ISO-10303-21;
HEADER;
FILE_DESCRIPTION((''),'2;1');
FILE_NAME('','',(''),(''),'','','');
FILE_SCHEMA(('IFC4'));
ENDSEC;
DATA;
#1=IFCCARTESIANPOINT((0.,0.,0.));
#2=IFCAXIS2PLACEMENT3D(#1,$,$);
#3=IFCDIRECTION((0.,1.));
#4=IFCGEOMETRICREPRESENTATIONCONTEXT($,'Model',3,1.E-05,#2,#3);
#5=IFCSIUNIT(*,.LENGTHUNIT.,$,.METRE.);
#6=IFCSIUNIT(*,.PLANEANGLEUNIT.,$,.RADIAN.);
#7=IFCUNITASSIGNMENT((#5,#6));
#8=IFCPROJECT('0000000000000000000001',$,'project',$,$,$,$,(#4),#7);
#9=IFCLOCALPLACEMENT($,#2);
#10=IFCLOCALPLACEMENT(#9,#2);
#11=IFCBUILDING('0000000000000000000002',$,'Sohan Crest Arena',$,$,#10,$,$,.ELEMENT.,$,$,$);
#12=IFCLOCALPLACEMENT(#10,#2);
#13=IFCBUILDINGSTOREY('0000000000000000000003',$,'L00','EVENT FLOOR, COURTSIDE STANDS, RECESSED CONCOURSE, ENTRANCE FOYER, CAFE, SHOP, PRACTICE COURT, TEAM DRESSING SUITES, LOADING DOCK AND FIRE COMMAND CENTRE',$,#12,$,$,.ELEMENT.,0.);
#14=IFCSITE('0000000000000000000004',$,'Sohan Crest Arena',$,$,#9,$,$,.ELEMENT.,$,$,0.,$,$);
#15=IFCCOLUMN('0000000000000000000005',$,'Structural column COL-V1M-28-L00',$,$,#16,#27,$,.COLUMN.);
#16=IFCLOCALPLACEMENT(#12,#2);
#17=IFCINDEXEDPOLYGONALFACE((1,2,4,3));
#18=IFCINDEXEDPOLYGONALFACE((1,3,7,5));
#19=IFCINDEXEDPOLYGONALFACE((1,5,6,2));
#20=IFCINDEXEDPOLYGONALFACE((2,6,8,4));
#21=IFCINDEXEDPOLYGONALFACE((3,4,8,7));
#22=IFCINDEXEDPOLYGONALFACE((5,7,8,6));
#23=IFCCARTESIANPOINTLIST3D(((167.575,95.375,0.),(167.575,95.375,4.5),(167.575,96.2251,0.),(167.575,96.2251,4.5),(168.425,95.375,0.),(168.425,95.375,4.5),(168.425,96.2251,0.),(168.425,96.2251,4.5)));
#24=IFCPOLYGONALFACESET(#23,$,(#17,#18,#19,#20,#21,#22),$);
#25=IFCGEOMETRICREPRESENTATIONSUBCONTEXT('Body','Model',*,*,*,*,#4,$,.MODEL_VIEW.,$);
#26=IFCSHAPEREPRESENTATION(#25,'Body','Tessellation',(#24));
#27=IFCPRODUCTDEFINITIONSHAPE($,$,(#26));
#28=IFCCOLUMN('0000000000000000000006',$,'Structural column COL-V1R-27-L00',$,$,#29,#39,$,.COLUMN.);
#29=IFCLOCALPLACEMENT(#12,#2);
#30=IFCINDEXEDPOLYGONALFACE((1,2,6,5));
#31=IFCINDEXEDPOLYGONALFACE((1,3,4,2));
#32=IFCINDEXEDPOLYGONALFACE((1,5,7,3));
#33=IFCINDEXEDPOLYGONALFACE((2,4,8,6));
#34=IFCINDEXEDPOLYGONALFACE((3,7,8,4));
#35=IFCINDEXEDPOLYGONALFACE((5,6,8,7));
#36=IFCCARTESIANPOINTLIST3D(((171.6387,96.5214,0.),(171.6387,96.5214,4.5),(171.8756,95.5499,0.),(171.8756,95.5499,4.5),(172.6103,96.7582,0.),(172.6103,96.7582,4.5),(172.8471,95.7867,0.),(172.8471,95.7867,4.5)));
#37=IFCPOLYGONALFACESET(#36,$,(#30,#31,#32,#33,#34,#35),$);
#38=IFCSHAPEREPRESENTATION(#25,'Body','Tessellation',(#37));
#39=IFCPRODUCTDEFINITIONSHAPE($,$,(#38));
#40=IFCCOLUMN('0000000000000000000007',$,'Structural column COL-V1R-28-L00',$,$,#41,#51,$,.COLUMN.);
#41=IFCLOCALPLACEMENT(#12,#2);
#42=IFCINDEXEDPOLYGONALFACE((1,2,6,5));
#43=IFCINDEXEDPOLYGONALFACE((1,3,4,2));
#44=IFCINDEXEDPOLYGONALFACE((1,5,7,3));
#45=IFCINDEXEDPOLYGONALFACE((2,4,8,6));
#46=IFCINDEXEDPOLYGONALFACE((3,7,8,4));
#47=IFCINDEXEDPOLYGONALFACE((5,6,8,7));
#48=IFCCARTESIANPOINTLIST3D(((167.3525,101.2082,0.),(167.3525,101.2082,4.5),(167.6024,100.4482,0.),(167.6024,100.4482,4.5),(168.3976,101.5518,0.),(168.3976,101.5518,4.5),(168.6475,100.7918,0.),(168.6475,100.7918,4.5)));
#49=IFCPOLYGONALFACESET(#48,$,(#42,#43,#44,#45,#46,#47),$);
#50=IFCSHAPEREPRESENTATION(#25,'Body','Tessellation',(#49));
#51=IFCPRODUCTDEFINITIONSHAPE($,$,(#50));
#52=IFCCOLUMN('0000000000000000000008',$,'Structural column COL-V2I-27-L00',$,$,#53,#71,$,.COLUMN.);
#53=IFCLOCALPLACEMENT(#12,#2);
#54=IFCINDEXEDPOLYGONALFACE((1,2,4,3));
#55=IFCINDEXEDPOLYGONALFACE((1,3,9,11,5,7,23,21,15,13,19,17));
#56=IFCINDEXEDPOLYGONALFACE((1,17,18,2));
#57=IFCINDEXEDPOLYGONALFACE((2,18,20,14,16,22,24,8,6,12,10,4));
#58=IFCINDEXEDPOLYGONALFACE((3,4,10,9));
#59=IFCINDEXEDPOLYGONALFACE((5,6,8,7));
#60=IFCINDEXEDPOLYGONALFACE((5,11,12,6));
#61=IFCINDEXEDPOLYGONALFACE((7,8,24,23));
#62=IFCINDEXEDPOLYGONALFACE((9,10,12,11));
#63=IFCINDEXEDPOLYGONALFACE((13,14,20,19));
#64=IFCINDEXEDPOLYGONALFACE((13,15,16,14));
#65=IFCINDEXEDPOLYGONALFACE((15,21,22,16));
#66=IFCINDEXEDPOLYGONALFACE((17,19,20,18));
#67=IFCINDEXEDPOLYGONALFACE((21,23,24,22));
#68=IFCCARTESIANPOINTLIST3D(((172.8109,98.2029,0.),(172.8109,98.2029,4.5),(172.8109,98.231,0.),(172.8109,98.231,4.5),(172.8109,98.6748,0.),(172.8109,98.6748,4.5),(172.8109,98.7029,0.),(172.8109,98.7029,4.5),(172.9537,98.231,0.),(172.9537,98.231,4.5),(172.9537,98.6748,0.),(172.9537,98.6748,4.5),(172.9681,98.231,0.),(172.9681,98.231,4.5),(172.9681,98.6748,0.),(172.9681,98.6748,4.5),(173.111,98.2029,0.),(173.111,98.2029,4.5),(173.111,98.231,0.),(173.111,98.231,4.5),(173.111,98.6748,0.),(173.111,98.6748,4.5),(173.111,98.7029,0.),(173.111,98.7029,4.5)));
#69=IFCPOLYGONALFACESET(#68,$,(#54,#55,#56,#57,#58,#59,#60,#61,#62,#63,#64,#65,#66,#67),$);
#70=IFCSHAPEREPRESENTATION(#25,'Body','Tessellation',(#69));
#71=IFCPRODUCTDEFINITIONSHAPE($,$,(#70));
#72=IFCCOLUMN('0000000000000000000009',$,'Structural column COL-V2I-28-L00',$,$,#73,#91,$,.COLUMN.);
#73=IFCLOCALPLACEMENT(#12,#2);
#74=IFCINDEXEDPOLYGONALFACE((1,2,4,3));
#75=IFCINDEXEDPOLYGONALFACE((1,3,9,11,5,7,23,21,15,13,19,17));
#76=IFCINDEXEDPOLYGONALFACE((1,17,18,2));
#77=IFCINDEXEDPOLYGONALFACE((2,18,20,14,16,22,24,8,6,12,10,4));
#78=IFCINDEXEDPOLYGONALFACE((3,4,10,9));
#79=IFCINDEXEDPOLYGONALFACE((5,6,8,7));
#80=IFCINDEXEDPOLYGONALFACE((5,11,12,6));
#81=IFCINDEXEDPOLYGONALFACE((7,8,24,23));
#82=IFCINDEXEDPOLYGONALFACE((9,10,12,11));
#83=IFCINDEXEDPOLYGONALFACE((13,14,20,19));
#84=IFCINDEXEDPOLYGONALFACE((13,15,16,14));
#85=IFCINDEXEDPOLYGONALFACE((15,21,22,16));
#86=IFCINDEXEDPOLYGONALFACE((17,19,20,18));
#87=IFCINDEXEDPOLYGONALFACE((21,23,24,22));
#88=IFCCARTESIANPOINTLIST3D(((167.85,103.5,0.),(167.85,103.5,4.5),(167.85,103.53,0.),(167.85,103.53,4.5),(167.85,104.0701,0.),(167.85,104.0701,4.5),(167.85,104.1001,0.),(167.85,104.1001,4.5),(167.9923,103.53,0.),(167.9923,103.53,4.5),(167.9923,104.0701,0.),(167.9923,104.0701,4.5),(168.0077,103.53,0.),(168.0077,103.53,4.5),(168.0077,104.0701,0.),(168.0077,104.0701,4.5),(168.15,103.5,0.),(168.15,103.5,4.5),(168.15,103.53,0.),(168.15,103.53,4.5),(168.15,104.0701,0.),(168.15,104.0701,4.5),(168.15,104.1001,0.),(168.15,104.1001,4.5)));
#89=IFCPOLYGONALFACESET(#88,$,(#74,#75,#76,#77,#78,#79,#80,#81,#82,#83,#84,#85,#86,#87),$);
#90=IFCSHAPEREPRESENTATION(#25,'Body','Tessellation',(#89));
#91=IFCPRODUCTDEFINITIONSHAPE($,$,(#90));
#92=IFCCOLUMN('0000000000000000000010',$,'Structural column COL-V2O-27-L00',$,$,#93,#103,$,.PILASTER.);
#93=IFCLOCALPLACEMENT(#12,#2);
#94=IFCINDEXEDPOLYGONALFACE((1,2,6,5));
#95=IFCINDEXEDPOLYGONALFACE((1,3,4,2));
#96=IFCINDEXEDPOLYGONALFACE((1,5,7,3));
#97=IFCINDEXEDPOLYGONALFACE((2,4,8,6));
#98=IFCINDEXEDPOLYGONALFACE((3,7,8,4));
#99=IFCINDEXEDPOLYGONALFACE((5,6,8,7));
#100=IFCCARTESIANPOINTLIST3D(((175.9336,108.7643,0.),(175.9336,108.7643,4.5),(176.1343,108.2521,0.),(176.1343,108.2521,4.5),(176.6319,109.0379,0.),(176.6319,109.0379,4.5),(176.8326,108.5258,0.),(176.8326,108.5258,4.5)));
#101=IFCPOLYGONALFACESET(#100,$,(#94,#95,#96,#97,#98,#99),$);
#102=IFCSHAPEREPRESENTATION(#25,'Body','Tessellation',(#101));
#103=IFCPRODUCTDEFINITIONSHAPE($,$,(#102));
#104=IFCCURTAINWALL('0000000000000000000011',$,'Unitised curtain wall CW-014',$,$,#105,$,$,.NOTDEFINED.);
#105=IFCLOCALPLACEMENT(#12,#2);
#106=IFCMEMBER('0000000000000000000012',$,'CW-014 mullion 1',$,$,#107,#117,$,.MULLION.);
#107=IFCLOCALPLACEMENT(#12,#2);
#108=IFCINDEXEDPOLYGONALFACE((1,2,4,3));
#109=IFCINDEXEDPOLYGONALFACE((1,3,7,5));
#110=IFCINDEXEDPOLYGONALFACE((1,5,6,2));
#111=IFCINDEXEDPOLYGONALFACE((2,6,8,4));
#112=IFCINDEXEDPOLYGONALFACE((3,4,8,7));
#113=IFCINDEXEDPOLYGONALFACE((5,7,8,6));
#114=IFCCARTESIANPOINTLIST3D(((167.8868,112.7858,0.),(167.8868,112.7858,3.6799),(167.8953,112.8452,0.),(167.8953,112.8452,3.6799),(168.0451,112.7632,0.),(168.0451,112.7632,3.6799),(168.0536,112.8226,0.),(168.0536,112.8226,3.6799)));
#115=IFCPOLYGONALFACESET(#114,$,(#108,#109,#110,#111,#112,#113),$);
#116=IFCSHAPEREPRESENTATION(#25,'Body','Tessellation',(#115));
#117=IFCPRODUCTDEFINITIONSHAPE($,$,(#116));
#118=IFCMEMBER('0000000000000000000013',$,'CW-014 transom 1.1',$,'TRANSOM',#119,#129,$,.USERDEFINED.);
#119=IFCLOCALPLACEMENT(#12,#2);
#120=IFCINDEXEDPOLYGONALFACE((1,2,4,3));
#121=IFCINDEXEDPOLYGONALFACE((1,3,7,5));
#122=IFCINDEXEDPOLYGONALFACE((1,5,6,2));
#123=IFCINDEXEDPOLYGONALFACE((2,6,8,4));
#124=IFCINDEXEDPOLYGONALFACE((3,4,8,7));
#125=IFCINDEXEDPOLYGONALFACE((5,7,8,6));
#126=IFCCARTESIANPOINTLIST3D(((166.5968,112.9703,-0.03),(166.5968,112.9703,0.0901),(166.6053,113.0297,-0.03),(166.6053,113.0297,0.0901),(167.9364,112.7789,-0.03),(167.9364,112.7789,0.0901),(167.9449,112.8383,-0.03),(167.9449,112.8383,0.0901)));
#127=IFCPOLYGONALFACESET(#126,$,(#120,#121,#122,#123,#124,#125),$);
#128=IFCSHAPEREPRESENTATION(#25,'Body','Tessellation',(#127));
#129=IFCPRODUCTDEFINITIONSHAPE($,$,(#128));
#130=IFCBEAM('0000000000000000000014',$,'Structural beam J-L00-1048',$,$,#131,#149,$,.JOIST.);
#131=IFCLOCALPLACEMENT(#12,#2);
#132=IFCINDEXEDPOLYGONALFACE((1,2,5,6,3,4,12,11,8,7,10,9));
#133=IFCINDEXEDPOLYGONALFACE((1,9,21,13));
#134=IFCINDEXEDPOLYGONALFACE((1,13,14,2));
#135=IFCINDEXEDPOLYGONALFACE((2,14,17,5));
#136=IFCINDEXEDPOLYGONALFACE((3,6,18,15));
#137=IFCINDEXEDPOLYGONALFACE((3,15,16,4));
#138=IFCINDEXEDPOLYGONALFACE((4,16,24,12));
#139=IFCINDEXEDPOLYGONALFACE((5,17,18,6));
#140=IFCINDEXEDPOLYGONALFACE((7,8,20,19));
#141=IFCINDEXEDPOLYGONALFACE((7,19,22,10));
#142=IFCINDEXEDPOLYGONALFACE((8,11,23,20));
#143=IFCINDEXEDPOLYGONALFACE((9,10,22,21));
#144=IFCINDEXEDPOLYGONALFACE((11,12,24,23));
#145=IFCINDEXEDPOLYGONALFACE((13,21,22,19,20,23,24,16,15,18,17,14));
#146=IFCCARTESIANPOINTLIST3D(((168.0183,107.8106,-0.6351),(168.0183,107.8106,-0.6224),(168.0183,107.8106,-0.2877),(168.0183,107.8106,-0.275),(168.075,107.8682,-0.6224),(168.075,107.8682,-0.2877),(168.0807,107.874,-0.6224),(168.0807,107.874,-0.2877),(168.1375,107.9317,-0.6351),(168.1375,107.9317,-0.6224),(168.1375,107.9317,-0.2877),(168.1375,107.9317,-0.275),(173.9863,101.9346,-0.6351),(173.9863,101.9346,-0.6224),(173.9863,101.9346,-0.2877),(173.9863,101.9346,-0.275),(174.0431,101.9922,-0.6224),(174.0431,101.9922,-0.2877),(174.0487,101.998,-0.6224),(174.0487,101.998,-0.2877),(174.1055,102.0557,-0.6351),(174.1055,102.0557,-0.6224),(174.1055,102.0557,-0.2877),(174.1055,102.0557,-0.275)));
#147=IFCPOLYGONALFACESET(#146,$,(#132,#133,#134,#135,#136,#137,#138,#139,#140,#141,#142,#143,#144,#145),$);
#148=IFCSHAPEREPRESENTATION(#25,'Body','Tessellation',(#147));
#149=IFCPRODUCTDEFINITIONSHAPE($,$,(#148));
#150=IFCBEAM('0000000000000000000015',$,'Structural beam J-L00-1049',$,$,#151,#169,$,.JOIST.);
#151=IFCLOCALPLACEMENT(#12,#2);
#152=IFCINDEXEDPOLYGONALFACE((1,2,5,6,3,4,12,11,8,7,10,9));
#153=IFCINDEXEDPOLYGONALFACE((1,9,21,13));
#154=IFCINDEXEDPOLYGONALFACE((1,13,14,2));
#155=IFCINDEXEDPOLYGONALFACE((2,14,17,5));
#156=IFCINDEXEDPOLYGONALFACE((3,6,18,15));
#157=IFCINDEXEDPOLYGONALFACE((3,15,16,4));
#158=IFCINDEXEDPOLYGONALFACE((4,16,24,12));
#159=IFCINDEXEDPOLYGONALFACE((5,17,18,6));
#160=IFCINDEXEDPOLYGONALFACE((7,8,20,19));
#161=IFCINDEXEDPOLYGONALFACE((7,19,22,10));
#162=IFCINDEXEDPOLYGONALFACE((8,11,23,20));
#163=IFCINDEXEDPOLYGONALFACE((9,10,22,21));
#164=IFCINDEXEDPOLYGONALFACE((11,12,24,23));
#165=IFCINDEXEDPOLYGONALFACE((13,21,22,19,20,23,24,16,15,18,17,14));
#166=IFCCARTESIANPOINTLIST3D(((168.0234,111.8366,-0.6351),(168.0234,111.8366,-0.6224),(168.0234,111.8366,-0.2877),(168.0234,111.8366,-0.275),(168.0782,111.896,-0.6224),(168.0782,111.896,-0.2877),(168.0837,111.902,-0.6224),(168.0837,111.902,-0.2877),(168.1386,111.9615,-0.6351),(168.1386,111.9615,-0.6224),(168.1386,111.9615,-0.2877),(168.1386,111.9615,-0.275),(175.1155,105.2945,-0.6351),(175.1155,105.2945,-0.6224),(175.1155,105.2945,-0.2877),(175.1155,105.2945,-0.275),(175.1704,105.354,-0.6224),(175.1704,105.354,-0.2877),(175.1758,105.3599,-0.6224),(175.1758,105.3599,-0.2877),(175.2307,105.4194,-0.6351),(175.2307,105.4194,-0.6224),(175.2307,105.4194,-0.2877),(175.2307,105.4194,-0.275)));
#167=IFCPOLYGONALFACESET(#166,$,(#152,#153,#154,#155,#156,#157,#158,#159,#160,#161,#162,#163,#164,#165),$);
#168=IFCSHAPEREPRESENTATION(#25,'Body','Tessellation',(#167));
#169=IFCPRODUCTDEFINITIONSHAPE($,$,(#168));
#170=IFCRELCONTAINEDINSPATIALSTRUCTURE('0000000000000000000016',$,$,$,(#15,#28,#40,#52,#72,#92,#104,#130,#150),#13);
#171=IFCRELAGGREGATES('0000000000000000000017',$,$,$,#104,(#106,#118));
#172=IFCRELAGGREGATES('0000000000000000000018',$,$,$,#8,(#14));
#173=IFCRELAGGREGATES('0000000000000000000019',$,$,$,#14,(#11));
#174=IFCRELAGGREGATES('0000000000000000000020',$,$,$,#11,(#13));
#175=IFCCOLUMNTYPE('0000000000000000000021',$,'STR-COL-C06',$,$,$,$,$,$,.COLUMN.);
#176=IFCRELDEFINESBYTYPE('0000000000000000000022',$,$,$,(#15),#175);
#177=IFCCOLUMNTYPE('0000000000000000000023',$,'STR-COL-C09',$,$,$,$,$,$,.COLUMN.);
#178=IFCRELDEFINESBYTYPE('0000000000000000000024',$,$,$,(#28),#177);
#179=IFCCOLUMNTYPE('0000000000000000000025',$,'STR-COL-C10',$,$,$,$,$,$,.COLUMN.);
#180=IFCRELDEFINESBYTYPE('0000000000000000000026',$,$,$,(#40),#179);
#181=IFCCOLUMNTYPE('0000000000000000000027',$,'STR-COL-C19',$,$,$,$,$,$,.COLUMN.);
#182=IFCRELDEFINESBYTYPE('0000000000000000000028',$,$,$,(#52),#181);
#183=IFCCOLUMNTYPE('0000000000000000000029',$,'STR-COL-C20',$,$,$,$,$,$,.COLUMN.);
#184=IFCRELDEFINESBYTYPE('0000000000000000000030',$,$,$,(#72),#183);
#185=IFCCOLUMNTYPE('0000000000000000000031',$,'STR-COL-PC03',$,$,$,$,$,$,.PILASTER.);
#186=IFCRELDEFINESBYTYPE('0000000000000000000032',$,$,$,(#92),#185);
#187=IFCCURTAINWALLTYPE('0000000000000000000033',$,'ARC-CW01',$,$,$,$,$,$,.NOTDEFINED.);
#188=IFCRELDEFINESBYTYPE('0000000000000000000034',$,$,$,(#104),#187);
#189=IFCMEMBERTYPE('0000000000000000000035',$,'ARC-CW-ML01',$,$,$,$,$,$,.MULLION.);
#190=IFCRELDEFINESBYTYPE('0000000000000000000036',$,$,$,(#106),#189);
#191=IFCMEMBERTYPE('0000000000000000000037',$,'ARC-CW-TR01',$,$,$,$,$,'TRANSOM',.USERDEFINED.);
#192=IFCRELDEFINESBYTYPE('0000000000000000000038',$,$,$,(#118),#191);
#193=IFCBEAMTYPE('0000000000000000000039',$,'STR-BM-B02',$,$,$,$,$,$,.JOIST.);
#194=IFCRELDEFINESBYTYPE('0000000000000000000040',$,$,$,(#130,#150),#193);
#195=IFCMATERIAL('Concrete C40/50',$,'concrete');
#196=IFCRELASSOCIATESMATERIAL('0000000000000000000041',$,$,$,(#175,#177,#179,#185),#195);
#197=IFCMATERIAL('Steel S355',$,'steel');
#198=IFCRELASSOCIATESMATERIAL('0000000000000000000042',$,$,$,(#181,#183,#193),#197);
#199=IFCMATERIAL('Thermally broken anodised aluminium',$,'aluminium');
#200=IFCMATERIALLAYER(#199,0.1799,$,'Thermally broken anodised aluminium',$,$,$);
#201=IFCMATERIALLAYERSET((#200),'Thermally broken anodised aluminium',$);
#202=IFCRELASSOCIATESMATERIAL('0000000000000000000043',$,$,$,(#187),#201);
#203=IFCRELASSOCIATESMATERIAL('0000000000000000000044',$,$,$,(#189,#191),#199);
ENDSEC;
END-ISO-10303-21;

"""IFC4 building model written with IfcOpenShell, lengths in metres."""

from ifc_helpers import new_model, si_unit, direction, frame, origin, origin_2d, place, context, subcontext, project, spatial, rectangle, i_section, extrude, material, layer, layer_set, material_profile, profile_set, type_object, element, aggregate, save


model = new_model("IFC4")

# Units and contexts
model_context = context("Model", 3, precision=1e-05, world=origin(), true_north=direction((0.0, 1.0)))
body_context = subcontext(model_context, "Body", "Model", "MODEL_VIEW")
ifc_project = project(units=[si_unit("LENGTHUNIT", "METRE"), si_unit("PLANEANGLEUNIT", "RADIAN")], contexts=[model_context])

# Site, building, storey
site_placement = place(None, origin())
site = spatial("IfcSite", under=ifc_project, at=site_placement, Name="Sohan Crest Arena", CompositionType="ELEMENT", RefElevation=0.0)
building_placement = place(site_placement, origin())
building = spatial("IfcBuilding", under=site, at=building_placement, Name="Sohan Crest Arena", CompositionType="ELEMENT")
storey_placement = place(building_placement, origin())
storey = spatial("IfcBuildingStorey", under=building, at=storey_placement, Name="L00", Description="EVENT FLOOR, COURTSIDE STANDS, RECESSED CONCOURSE, ENTRANCE FOYER, CAFE, SHOP, PRACTICE COURT, TEAM DRESSING SUITES, LOADING DOCK AND FIRE COMMAND CENTRE", CompositionType="ELEMENT", Elevation=0.0)

# Columns
ifc_material_1 = material(Name="Concrete C40/50", Category="concrete")
ifc_material_profile_1 = material_profile(ifc_material_1, rectangle(XDim=0.8501, YDim=0.8501, at=origin_2d()), Name="RC 850x850")
ifc_profile_set_1 = profile_set([ifc_material_profile_1], Name="Concrete C40/50")
column_type_1 = type_object("IfcColumnType", Name="STR-COL-C06", PredefinedType="COLUMN", material=ifc_profile_set_1)
column_1_placement = place(storey_placement, frame((168.0, 95.8, 0.0), z_axis=(0.0, 0.0, 1.0), x_axis=(1.0, 0.0, 0.0)))
element("IfcColumn", 1, at=column_1_placement, inside=storey, type_object=column_type_1, Name="Structural column COL-V1M-28-L00", PredefinedType="COLUMN", context=body_context, shape_type="SweptSolid", body=[
    extrude(rectangle(XDim=0.8501, YDim=0.8501, at=origin_2d()), origin(), (0.0, 0.0, 1.0), 4.5),
])
ifc_material_profile_2 = material_profile(ifc_material_1, rectangle(XDim=1.0, YDim=1.0, at=origin_2d()), Name="RC 1000x1000")
ifc_profile_set_2 = profile_set([ifc_material_profile_2], Name="Concrete C40/50")
column_type_2 = type_object("IfcColumnType", Name="STR-COL-C09", PredefinedType="COLUMN", material=ifc_profile_set_2)
column_2_placement = place(storey_placement, frame((172.2429, 96.1541, 0.0), z_axis=(0.0, 0.0, 1.0), x_axis=(0.971549, 0.236838, 0.0)))
element("IfcColumn", 2, at=column_2_placement, inside=storey, type_object=column_type_2, Name="Structural column COL-V1R-27-L00", PredefinedType="COLUMN", context=body_context, shape_type="SweptSolid", body=[
    extrude(rectangle(XDim=1.0, YDim=1.0, at=origin_2d()), origin(), (0.0, 0.0, 1.0), 4.5),
])
ifc_material_profile_3 = material_profile(ifc_material_1, rectangle(XDim=1.1001, YDim=0.8, at=origin_2d()), Name="RC 1100x800")
ifc_profile_set_3 = profile_set([ifc_material_profile_3], Name="Concrete C40/50")
column_type_3 = type_object("IfcColumnType", Name="STR-COL-C10", PredefinedType="COLUMN", material=ifc_profile_set_3)
column_3_placement = place(storey_placement, frame((168.0, 101.0, 0.0), z_axis=(0.0, 0.0, 1.0), x_axis=(0.949972, 0.312335, 0.0)))
element("IfcColumn", 3, at=column_3_placement, inside=storey, type_object=column_type_3, Name="Structural column COL-V1R-28-L00", PredefinedType="COLUMN", context=body_context, shape_type="SweptSolid", body=[
    extrude(rectangle(XDim=1.1001, YDim=0.8, at=origin_2d()), origin(), (0.0, 0.0, 1.0), 4.5),
])
ifc_material_2 = material(Name="Steel S355", Category="steel")
ifc_material_profile_4 = material_profile(ifc_material_2, i_section(OverallWidth=0.3, OverallDepth=0.5, WebThickness=0.0144, FlangeThickness=0.0281, at=origin_2d()), Name="HEB 500")
ifc_profile_set_4 = profile_set([ifc_material_profile_4], Name="Steel S355")
column_type_4 = type_object("IfcColumnType", Name="STR-COL-C19", PredefinedType="COLUMN", material=ifc_profile_set_4)
column_4_placement = place(storey_placement, frame((172.9609, 98.4529, 0.0), z_axis=(0.0, 0.0, 1.0), x_axis=(1.0, 0.0, 0.0)))
element("IfcColumn", 4, at=column_4_placement, inside=storey, type_object=column_type_4, Name="Structural column COL-V2I-27-L00", PredefinedType="COLUMN", context=body_context, shape_type="SweptSolid", body=[
    extrude(i_section(OverallWidth=0.3, OverallDepth=0.5, WebThickness=0.0144, FlangeThickness=0.0281, at=origin_2d()), origin(), (0.0, 0.0, 1.0), 4.5),
])
ifc_material_profile_5 = material_profile(ifc_material_2, i_section(OverallWidth=0.3, OverallDepth=0.6001, WebThickness=0.0154, FlangeThickness=0.03, at=origin_2d()), Name="HEB 600")
ifc_profile_set_5 = profile_set([ifc_material_profile_5], Name="Steel S355")
column_type_5 = type_object("IfcColumnType", Name="STR-COL-C20", PredefinedType="COLUMN", material=ifc_profile_set_5)
column_5_placement = place(storey_placement, frame((168.0, 103.8, 0.0), z_axis=(0.0, 0.0, 1.0), x_axis=(1.0, 0.0, 0.0)))
element("IfcColumn", 5, at=column_5_placement, inside=storey, type_object=column_type_5, Name="Structural column COL-V2I-28-L00", PredefinedType="COLUMN", context=body_context, shape_type="SweptSolid", body=[
    extrude(i_section(OverallWidth=0.3, OverallDepth=0.6001, WebThickness=0.0154, FlangeThickness=0.03, at=origin_2d()), origin(), (0.0, 0.0, 1.0), 4.5),
])
ifc_material_profile_6 = material_profile(ifc_material_1, rectangle(XDim=0.75, YDim=0.55, at=origin_2d()), Name="RC 750x550")
ifc_profile_set_6 = profile_set([ifc_material_profile_6], Name="Concrete C40/50")
column_type_6 = type_object("IfcColumnType", Name="STR-COL-PC03", PredefinedType="PILASTER", material=ifc_profile_set_6)
column_6_placement = place(storey_placement, frame((176.3831, 108.645, 0.0), z_axis=(0.0, 0.0, 1.0), x_axis=(0.931056, 0.364877, 0.0)))
element("IfcColumn", 6, at=column_6_placement, inside=storey, type_object=column_type_6, Name="Structural column COL-V2O-27-L00", PredefinedType="PILASTER", context=body_context, shape_type="SweptSolid", body=[
    extrude(rectangle(XDim=0.75, YDim=0.55, at=origin_2d()), origin(), (0.0, 0.0, 1.0), 4.5),
])

# Curtain wall, members
ifc_material_3 = material(Name="Thermally broken anodised aluminium", Category="aluminium")
ifc_layer_1 = layer(ifc_material_3, 0.1799, Name="Thermally broken anodised aluminium")
ifc_layer_set_1 = layer_set([ifc_layer_1], Name="Thermally broken anodised aluminium")
curtain_wall_type = type_object("IfcCurtainWallType", Name="ARC-CW01", PredefinedType="NOTDEFINED", material=ifc_layer_set_1)
curtain_wall_placement = place(storey_placement, origin())
curtain_wall = element("IfcCurtainWall", 7, at=curtain_wall_placement, inside=storey, type_object=curtain_wall_type, Name="Unitised curtain wall CW-014", PredefinedType="NOTDEFINED")
ifc_material_profile_7 = material_profile(ifc_material_3, rectangle(XDim=0.0601, YDim=0.1599, at=origin_2d()), Name="ALU-MULL 60x160")
ifc_profile_set_7 = profile_set([ifc_material_profile_7], Name="Thermally broken anodised aluminium")
member_type_1 = type_object("IfcMemberType", Name="ARC-CW-ML01", PredefinedType="MULLION", material=ifc_profile_set_7)
member_1_placement = place(storey_placement, frame((167.9702, 112.8042, 0.0), z_axis=(0.0, 0.0, 1.0), x_axis=(-0.141463, -0.989944, 0.0)))
member_1 = element("IfcMember", 8, at=member_1_placement, type_object=member_type_1, Name="CW-014 mullion 1", PredefinedType="MULLION", context=body_context, shape_type="SweptSolid", body=[
    extrude(rectangle(XDim=0.0601, YDim=0.1599, at=origin_2d()), origin(), (0.0, 0.0, 1.0), 3.6799),
])
ifc_material_profile_8 = material_profile(ifc_material_3, rectangle(XDim=0.0601, YDim=0.1201, at=origin_2d()), Name="ALU-TRAN 60x120")
ifc_profile_set_8 = profile_set([ifc_material_profile_8], Name="Thermally broken anodised aluminium")
member_type_2 = type_object("IfcMemberType", Name="ARC-CW-TR01", ElementType="TRANSOM", PredefinedType="USERDEFINED", material=ifc_profile_set_8)
member_2_placement = place(storey_placement, frame((167.9407, 112.8086, 0.03), z_axis=(-0.989946, 0.141447, 0.0), x_axis=(-0.141447, -0.989946, 0.0)))
member_2 = element("IfcMember", 9, at=member_2_placement, type_object=member_type_2, Name="CW-014 transom 1.1", ObjectType="TRANSOM", PredefinedType="USERDEFINED", context=body_context, shape_type="SweptSolid", body=[
    extrude(rectangle(XDim=0.0601, YDim=0.1201, at=origin_2d()), origin(), (0.0, 0.0, 1.0), 1.3533),
])
aggregate(curtain_wall, [member_1, member_2])

# Beams
ifc_material_profile_9 = material_profile(ifc_material_2, i_section(OverallWidth=0.1699, OverallDepth=0.3601, WebThickness=0.0081, FlangeThickness=0.0127, at=origin_2d()), Name="IPE 360")
ifc_profile_set_9 = profile_set([ifc_material_profile_9], Name="Steel S355")
beam_type_1 = type_object("IfcBeamType", Name="STR-BM-B02", PredefinedType="JOIST", material=ifc_profile_set_9)
beam_1_placement = place(storey_placement, frame((174.0459, 101.9951, -0.4551), z_axis=(-0.71258, 0.701591, 0.0), x_axis=(-0.701591, -0.71258, 0.0)))
element("IfcBeam", 10, at=beam_1_placement, inside=storey, type_object=beam_type_1, Name="Structural beam J-L00-1048", PredefinedType="JOIST", context=body_context, shape_type="SweptSolid", body=[
    extrude(i_section(OverallWidth=0.1699, OverallDepth=0.3601, WebThickness=0.0081, FlangeThickness=0.0127, at=origin_2d()), origin(), (0.0, 0.0, 1.0), 8.3752),
])
beam_2_placement = place(storey_placement, frame((175.1731, 105.3569, -0.4551), z_axis=(-0.735036, 0.678028, 0.0), x_axis=(-0.678028, -0.735036, 0.0)))
element("IfcBeam", 11, at=beam_2_placement, inside=storey, type_object=beam_type_1, Name="Structural beam J-L00-1049", PredefinedType="JOIST", context=body_context, shape_type="SweptSolid", body=[
    extrude(i_section(OverallWidth=0.1699, OverallDepth=0.3601, WebThickness=0.0081, FlangeThickness=0.0127, at=origin_2d()), origin(), (0.0, 0.0, 1.0), 9.6487),
])

save(model, "model.ifc")
